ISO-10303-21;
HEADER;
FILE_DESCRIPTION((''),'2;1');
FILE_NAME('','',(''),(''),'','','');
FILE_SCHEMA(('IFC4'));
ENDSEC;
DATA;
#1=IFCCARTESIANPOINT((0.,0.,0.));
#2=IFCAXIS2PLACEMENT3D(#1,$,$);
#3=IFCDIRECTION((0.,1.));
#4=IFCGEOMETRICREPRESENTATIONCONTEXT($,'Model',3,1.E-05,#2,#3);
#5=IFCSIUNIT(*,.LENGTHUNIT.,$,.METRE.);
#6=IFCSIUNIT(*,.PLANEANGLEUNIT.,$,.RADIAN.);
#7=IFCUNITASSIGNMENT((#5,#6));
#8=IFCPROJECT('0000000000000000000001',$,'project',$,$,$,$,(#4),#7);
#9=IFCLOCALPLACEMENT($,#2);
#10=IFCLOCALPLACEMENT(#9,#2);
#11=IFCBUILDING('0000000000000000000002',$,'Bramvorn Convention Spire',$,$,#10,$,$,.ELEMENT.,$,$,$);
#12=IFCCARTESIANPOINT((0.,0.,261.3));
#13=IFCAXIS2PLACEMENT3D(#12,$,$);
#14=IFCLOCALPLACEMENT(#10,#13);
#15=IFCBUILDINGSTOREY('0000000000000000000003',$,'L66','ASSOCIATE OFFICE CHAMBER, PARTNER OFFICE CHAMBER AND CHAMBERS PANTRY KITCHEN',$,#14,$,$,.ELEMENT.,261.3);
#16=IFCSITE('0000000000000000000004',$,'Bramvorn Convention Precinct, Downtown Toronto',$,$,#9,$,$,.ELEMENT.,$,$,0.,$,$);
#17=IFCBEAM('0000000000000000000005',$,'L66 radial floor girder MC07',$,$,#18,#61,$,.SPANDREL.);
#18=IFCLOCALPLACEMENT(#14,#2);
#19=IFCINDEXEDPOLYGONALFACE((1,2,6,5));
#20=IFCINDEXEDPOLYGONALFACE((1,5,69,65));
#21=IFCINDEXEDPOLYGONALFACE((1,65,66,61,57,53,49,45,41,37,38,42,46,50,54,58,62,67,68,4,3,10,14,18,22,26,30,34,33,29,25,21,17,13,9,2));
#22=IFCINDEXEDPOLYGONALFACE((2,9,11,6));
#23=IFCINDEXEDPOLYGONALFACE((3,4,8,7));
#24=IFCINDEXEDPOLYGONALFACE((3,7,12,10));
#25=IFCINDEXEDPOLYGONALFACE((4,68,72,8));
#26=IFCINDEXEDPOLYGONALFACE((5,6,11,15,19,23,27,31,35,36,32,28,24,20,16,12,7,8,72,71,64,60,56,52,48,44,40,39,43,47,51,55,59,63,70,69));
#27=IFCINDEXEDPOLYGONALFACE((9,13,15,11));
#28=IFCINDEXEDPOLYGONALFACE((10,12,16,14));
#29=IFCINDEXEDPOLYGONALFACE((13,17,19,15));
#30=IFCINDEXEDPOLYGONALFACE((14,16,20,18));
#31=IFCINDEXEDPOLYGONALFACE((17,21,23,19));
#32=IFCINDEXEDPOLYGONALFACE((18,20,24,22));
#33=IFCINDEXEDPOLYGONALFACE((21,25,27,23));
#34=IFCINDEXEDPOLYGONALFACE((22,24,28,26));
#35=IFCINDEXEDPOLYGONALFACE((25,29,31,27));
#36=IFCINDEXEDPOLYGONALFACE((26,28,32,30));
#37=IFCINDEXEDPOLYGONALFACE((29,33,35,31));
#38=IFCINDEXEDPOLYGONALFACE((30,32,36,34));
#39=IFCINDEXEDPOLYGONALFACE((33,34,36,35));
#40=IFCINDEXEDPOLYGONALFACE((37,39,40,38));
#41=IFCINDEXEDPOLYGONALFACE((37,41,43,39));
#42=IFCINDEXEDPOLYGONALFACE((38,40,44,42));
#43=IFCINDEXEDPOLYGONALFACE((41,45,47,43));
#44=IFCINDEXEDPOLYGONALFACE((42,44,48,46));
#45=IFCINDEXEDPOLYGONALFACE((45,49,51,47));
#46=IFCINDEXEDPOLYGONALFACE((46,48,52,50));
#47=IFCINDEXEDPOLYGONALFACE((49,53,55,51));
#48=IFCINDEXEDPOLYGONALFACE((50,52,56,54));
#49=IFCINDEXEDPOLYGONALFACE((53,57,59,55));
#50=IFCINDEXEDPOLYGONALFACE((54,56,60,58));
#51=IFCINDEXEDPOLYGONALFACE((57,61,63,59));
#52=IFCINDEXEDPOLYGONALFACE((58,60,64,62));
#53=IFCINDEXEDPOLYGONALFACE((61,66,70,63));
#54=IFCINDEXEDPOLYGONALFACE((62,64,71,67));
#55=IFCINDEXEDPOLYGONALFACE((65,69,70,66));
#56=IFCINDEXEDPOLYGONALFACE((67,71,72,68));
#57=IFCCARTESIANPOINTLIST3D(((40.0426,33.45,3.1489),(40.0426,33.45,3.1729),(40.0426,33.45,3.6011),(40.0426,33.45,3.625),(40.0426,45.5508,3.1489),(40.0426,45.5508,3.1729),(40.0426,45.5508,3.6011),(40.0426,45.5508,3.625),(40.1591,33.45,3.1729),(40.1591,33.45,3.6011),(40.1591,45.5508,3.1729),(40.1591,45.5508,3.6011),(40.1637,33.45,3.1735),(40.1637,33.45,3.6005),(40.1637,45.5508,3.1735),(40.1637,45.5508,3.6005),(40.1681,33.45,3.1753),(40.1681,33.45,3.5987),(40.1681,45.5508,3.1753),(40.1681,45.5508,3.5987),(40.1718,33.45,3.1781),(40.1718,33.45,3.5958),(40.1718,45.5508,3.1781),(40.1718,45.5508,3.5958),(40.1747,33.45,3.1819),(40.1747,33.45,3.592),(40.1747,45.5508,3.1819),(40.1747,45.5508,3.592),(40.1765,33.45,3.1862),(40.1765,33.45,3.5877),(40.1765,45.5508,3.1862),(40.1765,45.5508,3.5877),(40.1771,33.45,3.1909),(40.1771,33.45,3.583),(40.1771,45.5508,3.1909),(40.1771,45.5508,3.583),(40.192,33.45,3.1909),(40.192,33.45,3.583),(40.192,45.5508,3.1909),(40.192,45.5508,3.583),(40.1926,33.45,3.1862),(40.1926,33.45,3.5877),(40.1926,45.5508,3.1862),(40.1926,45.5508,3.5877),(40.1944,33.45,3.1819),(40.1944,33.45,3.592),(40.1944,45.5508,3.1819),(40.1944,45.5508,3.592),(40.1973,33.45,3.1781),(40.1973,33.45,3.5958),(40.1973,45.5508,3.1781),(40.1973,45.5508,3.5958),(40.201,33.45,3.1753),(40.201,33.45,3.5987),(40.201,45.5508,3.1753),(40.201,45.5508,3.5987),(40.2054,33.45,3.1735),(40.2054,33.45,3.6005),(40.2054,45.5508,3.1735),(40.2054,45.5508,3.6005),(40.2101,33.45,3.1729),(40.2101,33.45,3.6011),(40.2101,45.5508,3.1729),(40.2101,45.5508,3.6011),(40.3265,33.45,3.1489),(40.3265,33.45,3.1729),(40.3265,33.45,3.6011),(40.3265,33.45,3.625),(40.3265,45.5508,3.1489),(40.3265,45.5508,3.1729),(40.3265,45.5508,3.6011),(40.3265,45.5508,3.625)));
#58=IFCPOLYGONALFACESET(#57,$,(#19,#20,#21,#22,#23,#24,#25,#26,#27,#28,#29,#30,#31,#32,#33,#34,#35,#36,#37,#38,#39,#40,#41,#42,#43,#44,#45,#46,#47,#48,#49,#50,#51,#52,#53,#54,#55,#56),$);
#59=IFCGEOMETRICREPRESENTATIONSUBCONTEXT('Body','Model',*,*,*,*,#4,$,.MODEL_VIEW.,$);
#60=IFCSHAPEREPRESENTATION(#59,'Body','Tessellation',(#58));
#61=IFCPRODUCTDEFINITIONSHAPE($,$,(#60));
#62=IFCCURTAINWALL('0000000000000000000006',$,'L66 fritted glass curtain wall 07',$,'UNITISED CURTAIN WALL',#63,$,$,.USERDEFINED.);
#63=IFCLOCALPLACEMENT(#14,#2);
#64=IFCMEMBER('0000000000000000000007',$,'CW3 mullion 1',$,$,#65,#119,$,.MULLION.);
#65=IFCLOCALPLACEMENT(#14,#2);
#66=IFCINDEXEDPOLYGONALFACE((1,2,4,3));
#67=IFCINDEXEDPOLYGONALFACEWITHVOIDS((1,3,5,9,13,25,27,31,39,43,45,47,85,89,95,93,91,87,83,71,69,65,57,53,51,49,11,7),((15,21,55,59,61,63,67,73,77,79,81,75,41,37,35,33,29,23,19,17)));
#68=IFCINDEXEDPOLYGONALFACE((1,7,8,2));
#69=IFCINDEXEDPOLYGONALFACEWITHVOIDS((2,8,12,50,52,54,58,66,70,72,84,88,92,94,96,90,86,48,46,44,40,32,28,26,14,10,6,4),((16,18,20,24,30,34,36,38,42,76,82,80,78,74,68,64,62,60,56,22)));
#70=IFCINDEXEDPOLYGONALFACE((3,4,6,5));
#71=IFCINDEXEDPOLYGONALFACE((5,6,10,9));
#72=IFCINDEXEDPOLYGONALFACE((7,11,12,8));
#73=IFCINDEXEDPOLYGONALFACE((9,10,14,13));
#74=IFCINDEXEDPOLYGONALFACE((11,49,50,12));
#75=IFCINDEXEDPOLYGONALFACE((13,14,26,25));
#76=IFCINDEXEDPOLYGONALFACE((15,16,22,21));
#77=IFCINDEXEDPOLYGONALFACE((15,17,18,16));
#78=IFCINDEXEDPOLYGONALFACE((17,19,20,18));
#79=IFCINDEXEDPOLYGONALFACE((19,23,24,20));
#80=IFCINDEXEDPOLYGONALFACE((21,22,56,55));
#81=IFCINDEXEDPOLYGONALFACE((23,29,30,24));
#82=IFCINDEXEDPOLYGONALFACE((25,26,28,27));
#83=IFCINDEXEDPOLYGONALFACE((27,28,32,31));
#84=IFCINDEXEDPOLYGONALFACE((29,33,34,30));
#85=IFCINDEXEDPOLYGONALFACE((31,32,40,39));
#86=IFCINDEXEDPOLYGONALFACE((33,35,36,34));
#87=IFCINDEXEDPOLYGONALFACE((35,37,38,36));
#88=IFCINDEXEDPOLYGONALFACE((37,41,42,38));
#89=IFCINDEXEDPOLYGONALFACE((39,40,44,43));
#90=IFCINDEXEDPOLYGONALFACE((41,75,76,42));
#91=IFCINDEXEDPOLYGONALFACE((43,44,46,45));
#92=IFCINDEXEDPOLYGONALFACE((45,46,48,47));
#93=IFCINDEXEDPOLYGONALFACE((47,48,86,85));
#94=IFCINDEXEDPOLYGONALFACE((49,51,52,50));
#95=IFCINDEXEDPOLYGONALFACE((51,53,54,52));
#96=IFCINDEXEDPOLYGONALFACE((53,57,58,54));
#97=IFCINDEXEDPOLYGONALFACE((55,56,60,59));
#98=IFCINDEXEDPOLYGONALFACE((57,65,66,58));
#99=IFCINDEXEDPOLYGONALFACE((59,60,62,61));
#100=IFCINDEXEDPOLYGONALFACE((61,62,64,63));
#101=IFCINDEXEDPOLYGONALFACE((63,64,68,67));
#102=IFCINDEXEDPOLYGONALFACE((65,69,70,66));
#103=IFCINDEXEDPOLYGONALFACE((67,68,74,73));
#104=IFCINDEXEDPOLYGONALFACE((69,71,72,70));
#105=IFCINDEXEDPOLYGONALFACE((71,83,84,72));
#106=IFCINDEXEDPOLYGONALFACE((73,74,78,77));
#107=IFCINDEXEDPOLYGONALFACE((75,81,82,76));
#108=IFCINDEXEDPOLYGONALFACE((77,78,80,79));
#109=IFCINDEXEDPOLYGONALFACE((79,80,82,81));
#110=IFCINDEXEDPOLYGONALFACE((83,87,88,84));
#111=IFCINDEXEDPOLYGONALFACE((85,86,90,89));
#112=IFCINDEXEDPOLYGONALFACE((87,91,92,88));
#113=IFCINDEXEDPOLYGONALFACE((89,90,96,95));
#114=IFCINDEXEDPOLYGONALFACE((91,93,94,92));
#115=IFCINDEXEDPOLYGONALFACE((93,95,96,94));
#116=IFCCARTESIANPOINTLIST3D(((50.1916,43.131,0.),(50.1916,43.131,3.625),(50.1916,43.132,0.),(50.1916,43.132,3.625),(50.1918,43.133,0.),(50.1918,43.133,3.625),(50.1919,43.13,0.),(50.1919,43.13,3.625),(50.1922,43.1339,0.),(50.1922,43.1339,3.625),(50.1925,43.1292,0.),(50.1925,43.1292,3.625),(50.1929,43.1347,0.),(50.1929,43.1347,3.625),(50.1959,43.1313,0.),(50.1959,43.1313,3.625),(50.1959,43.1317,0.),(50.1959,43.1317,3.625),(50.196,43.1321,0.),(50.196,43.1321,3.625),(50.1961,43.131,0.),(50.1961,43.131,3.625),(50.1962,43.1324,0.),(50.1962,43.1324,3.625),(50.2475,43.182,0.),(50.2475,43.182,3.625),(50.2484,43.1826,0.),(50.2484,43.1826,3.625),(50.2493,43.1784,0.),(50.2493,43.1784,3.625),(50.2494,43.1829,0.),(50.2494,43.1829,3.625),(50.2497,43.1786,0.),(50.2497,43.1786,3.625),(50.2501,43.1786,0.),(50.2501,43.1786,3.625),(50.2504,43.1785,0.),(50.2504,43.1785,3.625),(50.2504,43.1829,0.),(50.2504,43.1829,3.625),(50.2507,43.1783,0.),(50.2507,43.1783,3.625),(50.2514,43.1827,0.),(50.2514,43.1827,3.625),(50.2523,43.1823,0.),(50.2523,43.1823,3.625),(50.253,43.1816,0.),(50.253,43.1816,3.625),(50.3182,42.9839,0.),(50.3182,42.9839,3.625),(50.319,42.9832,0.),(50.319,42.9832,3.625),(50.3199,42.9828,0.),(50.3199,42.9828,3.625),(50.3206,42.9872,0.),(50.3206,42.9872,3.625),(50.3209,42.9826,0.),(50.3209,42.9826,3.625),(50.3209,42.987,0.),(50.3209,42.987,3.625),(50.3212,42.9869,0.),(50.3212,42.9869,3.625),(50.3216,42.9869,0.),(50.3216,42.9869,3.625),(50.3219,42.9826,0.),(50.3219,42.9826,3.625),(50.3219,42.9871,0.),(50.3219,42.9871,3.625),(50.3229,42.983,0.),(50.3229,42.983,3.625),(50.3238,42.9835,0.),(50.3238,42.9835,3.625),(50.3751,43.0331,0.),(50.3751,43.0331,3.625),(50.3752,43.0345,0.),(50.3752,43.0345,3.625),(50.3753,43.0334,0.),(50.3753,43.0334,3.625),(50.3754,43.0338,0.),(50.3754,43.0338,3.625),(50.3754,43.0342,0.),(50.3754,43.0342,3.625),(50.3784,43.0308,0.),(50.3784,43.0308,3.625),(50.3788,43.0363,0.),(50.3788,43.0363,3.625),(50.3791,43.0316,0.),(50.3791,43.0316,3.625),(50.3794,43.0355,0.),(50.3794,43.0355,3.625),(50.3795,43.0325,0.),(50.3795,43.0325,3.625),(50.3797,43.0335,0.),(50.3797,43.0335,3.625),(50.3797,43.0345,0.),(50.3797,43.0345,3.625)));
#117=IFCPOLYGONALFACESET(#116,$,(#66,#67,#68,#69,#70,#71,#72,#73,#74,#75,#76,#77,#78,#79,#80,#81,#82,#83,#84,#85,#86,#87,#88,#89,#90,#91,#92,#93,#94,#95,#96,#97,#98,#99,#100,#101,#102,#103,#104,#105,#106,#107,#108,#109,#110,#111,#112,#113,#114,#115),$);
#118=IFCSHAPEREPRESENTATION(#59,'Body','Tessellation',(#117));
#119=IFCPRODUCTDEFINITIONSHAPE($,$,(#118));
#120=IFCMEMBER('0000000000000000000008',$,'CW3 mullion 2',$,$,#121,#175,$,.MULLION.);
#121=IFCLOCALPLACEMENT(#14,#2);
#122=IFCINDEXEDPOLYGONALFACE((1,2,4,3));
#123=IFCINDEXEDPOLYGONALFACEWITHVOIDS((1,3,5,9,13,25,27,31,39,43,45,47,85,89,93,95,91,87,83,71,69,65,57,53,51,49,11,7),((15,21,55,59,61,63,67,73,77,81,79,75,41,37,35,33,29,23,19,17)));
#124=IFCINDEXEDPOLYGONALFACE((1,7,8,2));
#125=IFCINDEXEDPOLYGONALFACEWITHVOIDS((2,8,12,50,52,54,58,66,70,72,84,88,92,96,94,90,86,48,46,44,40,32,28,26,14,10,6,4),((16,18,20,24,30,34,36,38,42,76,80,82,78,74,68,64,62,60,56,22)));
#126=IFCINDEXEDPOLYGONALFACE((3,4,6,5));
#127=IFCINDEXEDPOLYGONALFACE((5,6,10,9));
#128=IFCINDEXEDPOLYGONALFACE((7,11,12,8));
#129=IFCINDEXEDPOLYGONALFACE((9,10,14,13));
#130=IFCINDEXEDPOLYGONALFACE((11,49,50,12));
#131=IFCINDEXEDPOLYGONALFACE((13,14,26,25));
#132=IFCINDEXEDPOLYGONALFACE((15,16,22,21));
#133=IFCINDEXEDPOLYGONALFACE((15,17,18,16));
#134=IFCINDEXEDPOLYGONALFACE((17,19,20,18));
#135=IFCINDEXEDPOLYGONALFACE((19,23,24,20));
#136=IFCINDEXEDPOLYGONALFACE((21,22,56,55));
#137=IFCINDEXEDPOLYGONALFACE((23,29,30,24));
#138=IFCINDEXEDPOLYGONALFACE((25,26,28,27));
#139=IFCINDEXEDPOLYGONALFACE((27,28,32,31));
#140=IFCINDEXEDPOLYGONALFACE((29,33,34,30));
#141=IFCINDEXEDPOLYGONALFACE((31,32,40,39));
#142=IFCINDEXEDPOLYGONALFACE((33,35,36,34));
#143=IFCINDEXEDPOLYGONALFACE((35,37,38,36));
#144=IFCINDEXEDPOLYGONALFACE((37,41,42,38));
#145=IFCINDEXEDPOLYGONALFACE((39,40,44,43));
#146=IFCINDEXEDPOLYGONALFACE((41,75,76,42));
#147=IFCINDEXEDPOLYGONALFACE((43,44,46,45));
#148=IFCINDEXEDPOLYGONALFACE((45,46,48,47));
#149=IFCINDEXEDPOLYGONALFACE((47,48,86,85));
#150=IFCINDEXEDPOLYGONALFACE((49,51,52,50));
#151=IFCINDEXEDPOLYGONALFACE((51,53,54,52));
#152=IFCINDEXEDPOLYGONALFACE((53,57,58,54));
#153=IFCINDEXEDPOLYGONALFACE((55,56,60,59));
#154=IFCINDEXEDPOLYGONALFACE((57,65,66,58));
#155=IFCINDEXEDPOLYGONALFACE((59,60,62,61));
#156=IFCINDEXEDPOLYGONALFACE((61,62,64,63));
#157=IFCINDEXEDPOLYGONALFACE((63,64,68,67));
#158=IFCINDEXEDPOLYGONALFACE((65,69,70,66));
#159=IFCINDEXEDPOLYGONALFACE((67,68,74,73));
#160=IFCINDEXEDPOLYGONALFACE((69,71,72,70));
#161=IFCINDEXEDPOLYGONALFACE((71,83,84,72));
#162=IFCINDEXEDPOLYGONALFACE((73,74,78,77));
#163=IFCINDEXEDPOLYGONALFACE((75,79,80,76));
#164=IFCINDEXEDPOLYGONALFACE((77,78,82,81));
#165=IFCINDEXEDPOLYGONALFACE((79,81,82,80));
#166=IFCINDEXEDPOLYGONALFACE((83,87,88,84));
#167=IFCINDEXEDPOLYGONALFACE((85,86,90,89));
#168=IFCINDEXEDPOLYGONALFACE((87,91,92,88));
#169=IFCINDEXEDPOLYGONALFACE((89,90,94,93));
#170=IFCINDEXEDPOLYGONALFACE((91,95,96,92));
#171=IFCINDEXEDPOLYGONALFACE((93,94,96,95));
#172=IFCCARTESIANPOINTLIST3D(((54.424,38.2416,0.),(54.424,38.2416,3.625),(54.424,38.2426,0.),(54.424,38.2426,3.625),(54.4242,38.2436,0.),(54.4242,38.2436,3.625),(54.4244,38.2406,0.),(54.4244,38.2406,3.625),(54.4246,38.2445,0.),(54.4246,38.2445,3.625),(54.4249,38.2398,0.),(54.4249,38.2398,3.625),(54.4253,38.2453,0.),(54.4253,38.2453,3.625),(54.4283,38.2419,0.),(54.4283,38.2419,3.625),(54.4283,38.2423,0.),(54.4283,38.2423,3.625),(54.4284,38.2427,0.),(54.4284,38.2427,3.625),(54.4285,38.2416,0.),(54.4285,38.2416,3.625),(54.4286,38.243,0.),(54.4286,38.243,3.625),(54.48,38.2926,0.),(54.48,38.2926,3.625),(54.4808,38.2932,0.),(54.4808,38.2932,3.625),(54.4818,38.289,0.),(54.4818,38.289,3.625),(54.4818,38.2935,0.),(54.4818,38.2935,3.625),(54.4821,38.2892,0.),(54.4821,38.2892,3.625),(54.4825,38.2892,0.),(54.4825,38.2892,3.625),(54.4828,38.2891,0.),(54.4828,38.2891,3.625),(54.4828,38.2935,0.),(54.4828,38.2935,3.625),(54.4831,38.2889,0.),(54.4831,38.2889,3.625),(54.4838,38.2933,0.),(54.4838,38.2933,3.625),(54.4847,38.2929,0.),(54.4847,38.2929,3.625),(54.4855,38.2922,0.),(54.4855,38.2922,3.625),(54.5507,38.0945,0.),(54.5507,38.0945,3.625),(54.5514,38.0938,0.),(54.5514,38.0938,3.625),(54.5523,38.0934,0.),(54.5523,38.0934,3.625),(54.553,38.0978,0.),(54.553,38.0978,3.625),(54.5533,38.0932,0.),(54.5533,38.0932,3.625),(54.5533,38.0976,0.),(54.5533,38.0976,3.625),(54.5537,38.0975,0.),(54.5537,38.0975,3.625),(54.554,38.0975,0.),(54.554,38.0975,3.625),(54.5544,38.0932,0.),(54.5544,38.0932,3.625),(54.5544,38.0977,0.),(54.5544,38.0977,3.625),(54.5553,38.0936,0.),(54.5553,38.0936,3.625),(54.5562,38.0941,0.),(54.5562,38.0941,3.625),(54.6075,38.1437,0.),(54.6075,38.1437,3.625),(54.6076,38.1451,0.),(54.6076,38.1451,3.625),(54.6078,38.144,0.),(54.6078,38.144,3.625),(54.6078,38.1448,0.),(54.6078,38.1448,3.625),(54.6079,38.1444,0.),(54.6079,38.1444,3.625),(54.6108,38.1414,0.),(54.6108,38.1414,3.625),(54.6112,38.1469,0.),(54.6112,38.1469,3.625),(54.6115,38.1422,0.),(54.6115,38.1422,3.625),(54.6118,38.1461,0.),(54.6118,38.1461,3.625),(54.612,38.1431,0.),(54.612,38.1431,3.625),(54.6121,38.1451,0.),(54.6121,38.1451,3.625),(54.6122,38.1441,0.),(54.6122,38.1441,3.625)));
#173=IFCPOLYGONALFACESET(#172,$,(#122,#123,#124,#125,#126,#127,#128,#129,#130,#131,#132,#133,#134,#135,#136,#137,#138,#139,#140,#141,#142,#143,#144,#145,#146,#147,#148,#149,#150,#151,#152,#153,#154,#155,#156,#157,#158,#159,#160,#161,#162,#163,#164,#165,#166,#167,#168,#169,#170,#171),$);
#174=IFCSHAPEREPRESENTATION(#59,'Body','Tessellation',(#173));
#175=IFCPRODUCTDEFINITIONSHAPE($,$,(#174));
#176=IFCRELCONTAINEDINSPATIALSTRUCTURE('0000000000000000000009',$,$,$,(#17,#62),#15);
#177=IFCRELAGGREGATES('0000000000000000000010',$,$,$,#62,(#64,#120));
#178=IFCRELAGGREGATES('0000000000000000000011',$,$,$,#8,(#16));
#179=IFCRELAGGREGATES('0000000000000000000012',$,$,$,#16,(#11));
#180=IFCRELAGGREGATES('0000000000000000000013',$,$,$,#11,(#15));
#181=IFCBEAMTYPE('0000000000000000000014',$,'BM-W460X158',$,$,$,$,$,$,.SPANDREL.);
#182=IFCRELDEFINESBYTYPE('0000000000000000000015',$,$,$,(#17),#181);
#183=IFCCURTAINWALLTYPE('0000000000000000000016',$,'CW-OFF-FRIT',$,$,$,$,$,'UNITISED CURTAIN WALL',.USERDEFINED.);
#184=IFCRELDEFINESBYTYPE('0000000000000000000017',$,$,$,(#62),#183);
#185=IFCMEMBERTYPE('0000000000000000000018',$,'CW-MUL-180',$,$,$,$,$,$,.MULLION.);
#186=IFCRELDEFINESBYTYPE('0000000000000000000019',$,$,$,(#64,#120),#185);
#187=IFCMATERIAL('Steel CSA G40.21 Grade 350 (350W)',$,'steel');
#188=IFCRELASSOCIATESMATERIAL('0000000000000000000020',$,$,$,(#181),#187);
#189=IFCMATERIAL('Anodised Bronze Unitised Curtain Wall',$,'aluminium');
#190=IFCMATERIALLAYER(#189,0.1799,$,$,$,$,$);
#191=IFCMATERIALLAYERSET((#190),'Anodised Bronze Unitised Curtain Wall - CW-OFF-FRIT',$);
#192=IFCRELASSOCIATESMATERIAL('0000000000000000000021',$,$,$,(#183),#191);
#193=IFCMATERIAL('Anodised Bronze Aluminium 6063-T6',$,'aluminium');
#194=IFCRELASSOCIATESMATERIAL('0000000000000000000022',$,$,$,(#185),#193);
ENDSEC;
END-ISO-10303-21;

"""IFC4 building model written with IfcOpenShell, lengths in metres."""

from ifc_helpers import new_model, si_unit, direction, frame, origin, origin_2d, place, context, subcontext, project, spatial, hollow_rectangle, i_section, extrude, material, layer, layer_set, material_profile, profile_set, type_object, element, aggregate, save


model = new_model("IFC4")

# Units and contexts
model_context = context("Model", 3, precision=1e-05, world=origin(), true_north=direction((0.0, 1.0)))
body_context = subcontext(model_context, "Body", "Model", "MODEL_VIEW")
ifc_project = project(units=[si_unit("LENGTHUNIT", "METRE"), si_unit("PLANEANGLEUNIT", "RADIAN")], contexts=[model_context])

# Site, building, storey
site_placement = place(None, origin())
site = spatial("IfcSite", under=ifc_project, at=site_placement, Name="Bramvorn Convention Precinct, Downtown Toronto", CompositionType="ELEMENT", RefElevation=0.0)
building_placement = place(site_placement, origin())
building = spatial("IfcBuilding", under=site, at=building_placement, Name="Bramvorn Convention Spire", CompositionType="ELEMENT")
storey_placement = place(building_placement, frame((0.0, 0.0, 261.3)))
storey = spatial("IfcBuildingStorey", under=building, at=storey_placement, Name="L66", Description="ASSOCIATE OFFICE CHAMBER, PARTNER OFFICE CHAMBER AND CHAMBERS PANTRY KITCHEN", CompositionType="ELEMENT", Elevation=261.3)

# Shared definitions
ifc_material_1 = material(Name="Steel CSA G40.21 Grade 350 (350W)", Category="steel")

# Beam
ifc_material_profile_1 = material_profile(ifc_material_1, i_section(OverallWidth=0.2839, OverallDepth=0.4761, WebThickness=0.0149, FlangeThickness=0.0239, FilletRadius=0.0181, at=origin_2d()))
ifc_profile_set_1 = profile_set([ifc_material_profile_1], Name="Steel CSA G40.21 Grade 350 (350W) - W460X158")
beam_type_1 = type_object("IfcBeamType", Name="BM-W460X158", PredefinedType="SPANDREL", material=ifc_profile_set_1)
beam_1_placement = place(storey_placement, frame((40.1846, 33.45, 3.387), z_axis=(0.0, 1.0, 0.0), x_axis=(-1.0, 0.0, 0.0)))
element("IfcBeam", 1, at=beam_1_placement, inside=storey, type_object=beam_type_1, Name="L66 radial floor girder MC07", PredefinedType="SPANDREL", context=body_context, shape_type="SweptSolid", body=[
    extrude(i_section(OverallWidth=0.2839, OverallDepth=0.4761, WebThickness=0.0149, FlangeThickness=0.0239, FilletRadius=0.0181, at=origin_2d()), origin(), (0.0, 0.0, 1.0), 12.1008),
])

# Curtain wall, members
ifc_material_2 = material(Name="Anodised Bronze Unitised Curtain Wall", Category="aluminium")
ifc_layer_1 = layer(ifc_material_2, 0.1799)
ifc_layer_set_1 = layer_set([ifc_layer_1], Name="Anodised Bronze Unitised Curtain Wall - CW-OFF-FRIT")
curtain_wall_type = type_object("IfcCurtainWallType", Name="CW-OFF-FRIT", ElementType="UNITISED CURTAIN WALL", PredefinedType="USERDEFINED", material=ifc_layer_set_1)
curtain_wall_1_placement = place(storey_placement, origin())
curtain_wall_1 = element("IfcCurtainWall", 2, at=curtain_wall_1_placement, inside=storey, type_object=curtain_wall_type, Name="L66 fritted glass curtain wall 07", ObjectType="UNITISED CURTAIN WALL", PredefinedType="USERDEFINED")
ifc_material_3 = material(Name="Anodised Bronze Aluminium 6063-T6", Category="aluminium")
ifc_material_profile_2 = material_profile(ifc_material_3, hollow_rectangle(XDim=0.0801, YDim=0.2, WallThickness=0.0039, InnerFilletRadius=0.001, OuterFilletRadius=0.0039, at=origin_2d()))
ifc_profile_set_2 = profile_set([ifc_material_profile_2], Name="Anodised Bronze Aluminium 6063-T6 - CWM80X200")
member_type_1 = type_object("IfcMemberType", Name="CW-MUL-180", PredefinedType="MULLION", material=ifc_profile_set_2)
member_1_placement = place(storey_placement, frame((50.2856, 43.0828, 0.0), z_axis=(0.0, 0.0, 1.0), x_axis=(0.756077, 0.654483, 0.0)))
member_1 = element("IfcMember", 3, at=member_1_placement, type_object=member_type_1, Name="CW3 mullion 1", PredefinedType="MULLION", context=body_context, shape_type="SweptSolid", body=[
    extrude(hollow_rectangle(XDim=0.0801, YDim=0.2, WallThickness=0.0039, InnerFilletRadius=0.001, OuterFilletRadius=0.0039, at=origin_2d()), origin(), (0.0, 0.0, 1.0), 3.625),
])
member_2_placement = place(storey_placement, frame((54.5181, 38.1934, 0.0), z_axis=(0.0, 0.0, 1.0), x_axis=(0.756077, 0.654483, 0.0)))
member_2 = element("IfcMember", 4, at=member_2_placement, type_object=member_type_1, Name="CW3 mullion 2", PredefinedType="MULLION", context=body_context, shape_type="SweptSolid", body=[
    extrude(hollow_rectangle(XDim=0.0801, YDim=0.2, WallThickness=0.0039, InnerFilletRadius=0.001, OuterFilletRadius=0.0039, at=origin_2d()), origin(), (0.0, 0.0, 1.0), 3.625),
])

aggregate(curtain_wall_1, [member_1, member_2])

save(model, "model.ifc")
